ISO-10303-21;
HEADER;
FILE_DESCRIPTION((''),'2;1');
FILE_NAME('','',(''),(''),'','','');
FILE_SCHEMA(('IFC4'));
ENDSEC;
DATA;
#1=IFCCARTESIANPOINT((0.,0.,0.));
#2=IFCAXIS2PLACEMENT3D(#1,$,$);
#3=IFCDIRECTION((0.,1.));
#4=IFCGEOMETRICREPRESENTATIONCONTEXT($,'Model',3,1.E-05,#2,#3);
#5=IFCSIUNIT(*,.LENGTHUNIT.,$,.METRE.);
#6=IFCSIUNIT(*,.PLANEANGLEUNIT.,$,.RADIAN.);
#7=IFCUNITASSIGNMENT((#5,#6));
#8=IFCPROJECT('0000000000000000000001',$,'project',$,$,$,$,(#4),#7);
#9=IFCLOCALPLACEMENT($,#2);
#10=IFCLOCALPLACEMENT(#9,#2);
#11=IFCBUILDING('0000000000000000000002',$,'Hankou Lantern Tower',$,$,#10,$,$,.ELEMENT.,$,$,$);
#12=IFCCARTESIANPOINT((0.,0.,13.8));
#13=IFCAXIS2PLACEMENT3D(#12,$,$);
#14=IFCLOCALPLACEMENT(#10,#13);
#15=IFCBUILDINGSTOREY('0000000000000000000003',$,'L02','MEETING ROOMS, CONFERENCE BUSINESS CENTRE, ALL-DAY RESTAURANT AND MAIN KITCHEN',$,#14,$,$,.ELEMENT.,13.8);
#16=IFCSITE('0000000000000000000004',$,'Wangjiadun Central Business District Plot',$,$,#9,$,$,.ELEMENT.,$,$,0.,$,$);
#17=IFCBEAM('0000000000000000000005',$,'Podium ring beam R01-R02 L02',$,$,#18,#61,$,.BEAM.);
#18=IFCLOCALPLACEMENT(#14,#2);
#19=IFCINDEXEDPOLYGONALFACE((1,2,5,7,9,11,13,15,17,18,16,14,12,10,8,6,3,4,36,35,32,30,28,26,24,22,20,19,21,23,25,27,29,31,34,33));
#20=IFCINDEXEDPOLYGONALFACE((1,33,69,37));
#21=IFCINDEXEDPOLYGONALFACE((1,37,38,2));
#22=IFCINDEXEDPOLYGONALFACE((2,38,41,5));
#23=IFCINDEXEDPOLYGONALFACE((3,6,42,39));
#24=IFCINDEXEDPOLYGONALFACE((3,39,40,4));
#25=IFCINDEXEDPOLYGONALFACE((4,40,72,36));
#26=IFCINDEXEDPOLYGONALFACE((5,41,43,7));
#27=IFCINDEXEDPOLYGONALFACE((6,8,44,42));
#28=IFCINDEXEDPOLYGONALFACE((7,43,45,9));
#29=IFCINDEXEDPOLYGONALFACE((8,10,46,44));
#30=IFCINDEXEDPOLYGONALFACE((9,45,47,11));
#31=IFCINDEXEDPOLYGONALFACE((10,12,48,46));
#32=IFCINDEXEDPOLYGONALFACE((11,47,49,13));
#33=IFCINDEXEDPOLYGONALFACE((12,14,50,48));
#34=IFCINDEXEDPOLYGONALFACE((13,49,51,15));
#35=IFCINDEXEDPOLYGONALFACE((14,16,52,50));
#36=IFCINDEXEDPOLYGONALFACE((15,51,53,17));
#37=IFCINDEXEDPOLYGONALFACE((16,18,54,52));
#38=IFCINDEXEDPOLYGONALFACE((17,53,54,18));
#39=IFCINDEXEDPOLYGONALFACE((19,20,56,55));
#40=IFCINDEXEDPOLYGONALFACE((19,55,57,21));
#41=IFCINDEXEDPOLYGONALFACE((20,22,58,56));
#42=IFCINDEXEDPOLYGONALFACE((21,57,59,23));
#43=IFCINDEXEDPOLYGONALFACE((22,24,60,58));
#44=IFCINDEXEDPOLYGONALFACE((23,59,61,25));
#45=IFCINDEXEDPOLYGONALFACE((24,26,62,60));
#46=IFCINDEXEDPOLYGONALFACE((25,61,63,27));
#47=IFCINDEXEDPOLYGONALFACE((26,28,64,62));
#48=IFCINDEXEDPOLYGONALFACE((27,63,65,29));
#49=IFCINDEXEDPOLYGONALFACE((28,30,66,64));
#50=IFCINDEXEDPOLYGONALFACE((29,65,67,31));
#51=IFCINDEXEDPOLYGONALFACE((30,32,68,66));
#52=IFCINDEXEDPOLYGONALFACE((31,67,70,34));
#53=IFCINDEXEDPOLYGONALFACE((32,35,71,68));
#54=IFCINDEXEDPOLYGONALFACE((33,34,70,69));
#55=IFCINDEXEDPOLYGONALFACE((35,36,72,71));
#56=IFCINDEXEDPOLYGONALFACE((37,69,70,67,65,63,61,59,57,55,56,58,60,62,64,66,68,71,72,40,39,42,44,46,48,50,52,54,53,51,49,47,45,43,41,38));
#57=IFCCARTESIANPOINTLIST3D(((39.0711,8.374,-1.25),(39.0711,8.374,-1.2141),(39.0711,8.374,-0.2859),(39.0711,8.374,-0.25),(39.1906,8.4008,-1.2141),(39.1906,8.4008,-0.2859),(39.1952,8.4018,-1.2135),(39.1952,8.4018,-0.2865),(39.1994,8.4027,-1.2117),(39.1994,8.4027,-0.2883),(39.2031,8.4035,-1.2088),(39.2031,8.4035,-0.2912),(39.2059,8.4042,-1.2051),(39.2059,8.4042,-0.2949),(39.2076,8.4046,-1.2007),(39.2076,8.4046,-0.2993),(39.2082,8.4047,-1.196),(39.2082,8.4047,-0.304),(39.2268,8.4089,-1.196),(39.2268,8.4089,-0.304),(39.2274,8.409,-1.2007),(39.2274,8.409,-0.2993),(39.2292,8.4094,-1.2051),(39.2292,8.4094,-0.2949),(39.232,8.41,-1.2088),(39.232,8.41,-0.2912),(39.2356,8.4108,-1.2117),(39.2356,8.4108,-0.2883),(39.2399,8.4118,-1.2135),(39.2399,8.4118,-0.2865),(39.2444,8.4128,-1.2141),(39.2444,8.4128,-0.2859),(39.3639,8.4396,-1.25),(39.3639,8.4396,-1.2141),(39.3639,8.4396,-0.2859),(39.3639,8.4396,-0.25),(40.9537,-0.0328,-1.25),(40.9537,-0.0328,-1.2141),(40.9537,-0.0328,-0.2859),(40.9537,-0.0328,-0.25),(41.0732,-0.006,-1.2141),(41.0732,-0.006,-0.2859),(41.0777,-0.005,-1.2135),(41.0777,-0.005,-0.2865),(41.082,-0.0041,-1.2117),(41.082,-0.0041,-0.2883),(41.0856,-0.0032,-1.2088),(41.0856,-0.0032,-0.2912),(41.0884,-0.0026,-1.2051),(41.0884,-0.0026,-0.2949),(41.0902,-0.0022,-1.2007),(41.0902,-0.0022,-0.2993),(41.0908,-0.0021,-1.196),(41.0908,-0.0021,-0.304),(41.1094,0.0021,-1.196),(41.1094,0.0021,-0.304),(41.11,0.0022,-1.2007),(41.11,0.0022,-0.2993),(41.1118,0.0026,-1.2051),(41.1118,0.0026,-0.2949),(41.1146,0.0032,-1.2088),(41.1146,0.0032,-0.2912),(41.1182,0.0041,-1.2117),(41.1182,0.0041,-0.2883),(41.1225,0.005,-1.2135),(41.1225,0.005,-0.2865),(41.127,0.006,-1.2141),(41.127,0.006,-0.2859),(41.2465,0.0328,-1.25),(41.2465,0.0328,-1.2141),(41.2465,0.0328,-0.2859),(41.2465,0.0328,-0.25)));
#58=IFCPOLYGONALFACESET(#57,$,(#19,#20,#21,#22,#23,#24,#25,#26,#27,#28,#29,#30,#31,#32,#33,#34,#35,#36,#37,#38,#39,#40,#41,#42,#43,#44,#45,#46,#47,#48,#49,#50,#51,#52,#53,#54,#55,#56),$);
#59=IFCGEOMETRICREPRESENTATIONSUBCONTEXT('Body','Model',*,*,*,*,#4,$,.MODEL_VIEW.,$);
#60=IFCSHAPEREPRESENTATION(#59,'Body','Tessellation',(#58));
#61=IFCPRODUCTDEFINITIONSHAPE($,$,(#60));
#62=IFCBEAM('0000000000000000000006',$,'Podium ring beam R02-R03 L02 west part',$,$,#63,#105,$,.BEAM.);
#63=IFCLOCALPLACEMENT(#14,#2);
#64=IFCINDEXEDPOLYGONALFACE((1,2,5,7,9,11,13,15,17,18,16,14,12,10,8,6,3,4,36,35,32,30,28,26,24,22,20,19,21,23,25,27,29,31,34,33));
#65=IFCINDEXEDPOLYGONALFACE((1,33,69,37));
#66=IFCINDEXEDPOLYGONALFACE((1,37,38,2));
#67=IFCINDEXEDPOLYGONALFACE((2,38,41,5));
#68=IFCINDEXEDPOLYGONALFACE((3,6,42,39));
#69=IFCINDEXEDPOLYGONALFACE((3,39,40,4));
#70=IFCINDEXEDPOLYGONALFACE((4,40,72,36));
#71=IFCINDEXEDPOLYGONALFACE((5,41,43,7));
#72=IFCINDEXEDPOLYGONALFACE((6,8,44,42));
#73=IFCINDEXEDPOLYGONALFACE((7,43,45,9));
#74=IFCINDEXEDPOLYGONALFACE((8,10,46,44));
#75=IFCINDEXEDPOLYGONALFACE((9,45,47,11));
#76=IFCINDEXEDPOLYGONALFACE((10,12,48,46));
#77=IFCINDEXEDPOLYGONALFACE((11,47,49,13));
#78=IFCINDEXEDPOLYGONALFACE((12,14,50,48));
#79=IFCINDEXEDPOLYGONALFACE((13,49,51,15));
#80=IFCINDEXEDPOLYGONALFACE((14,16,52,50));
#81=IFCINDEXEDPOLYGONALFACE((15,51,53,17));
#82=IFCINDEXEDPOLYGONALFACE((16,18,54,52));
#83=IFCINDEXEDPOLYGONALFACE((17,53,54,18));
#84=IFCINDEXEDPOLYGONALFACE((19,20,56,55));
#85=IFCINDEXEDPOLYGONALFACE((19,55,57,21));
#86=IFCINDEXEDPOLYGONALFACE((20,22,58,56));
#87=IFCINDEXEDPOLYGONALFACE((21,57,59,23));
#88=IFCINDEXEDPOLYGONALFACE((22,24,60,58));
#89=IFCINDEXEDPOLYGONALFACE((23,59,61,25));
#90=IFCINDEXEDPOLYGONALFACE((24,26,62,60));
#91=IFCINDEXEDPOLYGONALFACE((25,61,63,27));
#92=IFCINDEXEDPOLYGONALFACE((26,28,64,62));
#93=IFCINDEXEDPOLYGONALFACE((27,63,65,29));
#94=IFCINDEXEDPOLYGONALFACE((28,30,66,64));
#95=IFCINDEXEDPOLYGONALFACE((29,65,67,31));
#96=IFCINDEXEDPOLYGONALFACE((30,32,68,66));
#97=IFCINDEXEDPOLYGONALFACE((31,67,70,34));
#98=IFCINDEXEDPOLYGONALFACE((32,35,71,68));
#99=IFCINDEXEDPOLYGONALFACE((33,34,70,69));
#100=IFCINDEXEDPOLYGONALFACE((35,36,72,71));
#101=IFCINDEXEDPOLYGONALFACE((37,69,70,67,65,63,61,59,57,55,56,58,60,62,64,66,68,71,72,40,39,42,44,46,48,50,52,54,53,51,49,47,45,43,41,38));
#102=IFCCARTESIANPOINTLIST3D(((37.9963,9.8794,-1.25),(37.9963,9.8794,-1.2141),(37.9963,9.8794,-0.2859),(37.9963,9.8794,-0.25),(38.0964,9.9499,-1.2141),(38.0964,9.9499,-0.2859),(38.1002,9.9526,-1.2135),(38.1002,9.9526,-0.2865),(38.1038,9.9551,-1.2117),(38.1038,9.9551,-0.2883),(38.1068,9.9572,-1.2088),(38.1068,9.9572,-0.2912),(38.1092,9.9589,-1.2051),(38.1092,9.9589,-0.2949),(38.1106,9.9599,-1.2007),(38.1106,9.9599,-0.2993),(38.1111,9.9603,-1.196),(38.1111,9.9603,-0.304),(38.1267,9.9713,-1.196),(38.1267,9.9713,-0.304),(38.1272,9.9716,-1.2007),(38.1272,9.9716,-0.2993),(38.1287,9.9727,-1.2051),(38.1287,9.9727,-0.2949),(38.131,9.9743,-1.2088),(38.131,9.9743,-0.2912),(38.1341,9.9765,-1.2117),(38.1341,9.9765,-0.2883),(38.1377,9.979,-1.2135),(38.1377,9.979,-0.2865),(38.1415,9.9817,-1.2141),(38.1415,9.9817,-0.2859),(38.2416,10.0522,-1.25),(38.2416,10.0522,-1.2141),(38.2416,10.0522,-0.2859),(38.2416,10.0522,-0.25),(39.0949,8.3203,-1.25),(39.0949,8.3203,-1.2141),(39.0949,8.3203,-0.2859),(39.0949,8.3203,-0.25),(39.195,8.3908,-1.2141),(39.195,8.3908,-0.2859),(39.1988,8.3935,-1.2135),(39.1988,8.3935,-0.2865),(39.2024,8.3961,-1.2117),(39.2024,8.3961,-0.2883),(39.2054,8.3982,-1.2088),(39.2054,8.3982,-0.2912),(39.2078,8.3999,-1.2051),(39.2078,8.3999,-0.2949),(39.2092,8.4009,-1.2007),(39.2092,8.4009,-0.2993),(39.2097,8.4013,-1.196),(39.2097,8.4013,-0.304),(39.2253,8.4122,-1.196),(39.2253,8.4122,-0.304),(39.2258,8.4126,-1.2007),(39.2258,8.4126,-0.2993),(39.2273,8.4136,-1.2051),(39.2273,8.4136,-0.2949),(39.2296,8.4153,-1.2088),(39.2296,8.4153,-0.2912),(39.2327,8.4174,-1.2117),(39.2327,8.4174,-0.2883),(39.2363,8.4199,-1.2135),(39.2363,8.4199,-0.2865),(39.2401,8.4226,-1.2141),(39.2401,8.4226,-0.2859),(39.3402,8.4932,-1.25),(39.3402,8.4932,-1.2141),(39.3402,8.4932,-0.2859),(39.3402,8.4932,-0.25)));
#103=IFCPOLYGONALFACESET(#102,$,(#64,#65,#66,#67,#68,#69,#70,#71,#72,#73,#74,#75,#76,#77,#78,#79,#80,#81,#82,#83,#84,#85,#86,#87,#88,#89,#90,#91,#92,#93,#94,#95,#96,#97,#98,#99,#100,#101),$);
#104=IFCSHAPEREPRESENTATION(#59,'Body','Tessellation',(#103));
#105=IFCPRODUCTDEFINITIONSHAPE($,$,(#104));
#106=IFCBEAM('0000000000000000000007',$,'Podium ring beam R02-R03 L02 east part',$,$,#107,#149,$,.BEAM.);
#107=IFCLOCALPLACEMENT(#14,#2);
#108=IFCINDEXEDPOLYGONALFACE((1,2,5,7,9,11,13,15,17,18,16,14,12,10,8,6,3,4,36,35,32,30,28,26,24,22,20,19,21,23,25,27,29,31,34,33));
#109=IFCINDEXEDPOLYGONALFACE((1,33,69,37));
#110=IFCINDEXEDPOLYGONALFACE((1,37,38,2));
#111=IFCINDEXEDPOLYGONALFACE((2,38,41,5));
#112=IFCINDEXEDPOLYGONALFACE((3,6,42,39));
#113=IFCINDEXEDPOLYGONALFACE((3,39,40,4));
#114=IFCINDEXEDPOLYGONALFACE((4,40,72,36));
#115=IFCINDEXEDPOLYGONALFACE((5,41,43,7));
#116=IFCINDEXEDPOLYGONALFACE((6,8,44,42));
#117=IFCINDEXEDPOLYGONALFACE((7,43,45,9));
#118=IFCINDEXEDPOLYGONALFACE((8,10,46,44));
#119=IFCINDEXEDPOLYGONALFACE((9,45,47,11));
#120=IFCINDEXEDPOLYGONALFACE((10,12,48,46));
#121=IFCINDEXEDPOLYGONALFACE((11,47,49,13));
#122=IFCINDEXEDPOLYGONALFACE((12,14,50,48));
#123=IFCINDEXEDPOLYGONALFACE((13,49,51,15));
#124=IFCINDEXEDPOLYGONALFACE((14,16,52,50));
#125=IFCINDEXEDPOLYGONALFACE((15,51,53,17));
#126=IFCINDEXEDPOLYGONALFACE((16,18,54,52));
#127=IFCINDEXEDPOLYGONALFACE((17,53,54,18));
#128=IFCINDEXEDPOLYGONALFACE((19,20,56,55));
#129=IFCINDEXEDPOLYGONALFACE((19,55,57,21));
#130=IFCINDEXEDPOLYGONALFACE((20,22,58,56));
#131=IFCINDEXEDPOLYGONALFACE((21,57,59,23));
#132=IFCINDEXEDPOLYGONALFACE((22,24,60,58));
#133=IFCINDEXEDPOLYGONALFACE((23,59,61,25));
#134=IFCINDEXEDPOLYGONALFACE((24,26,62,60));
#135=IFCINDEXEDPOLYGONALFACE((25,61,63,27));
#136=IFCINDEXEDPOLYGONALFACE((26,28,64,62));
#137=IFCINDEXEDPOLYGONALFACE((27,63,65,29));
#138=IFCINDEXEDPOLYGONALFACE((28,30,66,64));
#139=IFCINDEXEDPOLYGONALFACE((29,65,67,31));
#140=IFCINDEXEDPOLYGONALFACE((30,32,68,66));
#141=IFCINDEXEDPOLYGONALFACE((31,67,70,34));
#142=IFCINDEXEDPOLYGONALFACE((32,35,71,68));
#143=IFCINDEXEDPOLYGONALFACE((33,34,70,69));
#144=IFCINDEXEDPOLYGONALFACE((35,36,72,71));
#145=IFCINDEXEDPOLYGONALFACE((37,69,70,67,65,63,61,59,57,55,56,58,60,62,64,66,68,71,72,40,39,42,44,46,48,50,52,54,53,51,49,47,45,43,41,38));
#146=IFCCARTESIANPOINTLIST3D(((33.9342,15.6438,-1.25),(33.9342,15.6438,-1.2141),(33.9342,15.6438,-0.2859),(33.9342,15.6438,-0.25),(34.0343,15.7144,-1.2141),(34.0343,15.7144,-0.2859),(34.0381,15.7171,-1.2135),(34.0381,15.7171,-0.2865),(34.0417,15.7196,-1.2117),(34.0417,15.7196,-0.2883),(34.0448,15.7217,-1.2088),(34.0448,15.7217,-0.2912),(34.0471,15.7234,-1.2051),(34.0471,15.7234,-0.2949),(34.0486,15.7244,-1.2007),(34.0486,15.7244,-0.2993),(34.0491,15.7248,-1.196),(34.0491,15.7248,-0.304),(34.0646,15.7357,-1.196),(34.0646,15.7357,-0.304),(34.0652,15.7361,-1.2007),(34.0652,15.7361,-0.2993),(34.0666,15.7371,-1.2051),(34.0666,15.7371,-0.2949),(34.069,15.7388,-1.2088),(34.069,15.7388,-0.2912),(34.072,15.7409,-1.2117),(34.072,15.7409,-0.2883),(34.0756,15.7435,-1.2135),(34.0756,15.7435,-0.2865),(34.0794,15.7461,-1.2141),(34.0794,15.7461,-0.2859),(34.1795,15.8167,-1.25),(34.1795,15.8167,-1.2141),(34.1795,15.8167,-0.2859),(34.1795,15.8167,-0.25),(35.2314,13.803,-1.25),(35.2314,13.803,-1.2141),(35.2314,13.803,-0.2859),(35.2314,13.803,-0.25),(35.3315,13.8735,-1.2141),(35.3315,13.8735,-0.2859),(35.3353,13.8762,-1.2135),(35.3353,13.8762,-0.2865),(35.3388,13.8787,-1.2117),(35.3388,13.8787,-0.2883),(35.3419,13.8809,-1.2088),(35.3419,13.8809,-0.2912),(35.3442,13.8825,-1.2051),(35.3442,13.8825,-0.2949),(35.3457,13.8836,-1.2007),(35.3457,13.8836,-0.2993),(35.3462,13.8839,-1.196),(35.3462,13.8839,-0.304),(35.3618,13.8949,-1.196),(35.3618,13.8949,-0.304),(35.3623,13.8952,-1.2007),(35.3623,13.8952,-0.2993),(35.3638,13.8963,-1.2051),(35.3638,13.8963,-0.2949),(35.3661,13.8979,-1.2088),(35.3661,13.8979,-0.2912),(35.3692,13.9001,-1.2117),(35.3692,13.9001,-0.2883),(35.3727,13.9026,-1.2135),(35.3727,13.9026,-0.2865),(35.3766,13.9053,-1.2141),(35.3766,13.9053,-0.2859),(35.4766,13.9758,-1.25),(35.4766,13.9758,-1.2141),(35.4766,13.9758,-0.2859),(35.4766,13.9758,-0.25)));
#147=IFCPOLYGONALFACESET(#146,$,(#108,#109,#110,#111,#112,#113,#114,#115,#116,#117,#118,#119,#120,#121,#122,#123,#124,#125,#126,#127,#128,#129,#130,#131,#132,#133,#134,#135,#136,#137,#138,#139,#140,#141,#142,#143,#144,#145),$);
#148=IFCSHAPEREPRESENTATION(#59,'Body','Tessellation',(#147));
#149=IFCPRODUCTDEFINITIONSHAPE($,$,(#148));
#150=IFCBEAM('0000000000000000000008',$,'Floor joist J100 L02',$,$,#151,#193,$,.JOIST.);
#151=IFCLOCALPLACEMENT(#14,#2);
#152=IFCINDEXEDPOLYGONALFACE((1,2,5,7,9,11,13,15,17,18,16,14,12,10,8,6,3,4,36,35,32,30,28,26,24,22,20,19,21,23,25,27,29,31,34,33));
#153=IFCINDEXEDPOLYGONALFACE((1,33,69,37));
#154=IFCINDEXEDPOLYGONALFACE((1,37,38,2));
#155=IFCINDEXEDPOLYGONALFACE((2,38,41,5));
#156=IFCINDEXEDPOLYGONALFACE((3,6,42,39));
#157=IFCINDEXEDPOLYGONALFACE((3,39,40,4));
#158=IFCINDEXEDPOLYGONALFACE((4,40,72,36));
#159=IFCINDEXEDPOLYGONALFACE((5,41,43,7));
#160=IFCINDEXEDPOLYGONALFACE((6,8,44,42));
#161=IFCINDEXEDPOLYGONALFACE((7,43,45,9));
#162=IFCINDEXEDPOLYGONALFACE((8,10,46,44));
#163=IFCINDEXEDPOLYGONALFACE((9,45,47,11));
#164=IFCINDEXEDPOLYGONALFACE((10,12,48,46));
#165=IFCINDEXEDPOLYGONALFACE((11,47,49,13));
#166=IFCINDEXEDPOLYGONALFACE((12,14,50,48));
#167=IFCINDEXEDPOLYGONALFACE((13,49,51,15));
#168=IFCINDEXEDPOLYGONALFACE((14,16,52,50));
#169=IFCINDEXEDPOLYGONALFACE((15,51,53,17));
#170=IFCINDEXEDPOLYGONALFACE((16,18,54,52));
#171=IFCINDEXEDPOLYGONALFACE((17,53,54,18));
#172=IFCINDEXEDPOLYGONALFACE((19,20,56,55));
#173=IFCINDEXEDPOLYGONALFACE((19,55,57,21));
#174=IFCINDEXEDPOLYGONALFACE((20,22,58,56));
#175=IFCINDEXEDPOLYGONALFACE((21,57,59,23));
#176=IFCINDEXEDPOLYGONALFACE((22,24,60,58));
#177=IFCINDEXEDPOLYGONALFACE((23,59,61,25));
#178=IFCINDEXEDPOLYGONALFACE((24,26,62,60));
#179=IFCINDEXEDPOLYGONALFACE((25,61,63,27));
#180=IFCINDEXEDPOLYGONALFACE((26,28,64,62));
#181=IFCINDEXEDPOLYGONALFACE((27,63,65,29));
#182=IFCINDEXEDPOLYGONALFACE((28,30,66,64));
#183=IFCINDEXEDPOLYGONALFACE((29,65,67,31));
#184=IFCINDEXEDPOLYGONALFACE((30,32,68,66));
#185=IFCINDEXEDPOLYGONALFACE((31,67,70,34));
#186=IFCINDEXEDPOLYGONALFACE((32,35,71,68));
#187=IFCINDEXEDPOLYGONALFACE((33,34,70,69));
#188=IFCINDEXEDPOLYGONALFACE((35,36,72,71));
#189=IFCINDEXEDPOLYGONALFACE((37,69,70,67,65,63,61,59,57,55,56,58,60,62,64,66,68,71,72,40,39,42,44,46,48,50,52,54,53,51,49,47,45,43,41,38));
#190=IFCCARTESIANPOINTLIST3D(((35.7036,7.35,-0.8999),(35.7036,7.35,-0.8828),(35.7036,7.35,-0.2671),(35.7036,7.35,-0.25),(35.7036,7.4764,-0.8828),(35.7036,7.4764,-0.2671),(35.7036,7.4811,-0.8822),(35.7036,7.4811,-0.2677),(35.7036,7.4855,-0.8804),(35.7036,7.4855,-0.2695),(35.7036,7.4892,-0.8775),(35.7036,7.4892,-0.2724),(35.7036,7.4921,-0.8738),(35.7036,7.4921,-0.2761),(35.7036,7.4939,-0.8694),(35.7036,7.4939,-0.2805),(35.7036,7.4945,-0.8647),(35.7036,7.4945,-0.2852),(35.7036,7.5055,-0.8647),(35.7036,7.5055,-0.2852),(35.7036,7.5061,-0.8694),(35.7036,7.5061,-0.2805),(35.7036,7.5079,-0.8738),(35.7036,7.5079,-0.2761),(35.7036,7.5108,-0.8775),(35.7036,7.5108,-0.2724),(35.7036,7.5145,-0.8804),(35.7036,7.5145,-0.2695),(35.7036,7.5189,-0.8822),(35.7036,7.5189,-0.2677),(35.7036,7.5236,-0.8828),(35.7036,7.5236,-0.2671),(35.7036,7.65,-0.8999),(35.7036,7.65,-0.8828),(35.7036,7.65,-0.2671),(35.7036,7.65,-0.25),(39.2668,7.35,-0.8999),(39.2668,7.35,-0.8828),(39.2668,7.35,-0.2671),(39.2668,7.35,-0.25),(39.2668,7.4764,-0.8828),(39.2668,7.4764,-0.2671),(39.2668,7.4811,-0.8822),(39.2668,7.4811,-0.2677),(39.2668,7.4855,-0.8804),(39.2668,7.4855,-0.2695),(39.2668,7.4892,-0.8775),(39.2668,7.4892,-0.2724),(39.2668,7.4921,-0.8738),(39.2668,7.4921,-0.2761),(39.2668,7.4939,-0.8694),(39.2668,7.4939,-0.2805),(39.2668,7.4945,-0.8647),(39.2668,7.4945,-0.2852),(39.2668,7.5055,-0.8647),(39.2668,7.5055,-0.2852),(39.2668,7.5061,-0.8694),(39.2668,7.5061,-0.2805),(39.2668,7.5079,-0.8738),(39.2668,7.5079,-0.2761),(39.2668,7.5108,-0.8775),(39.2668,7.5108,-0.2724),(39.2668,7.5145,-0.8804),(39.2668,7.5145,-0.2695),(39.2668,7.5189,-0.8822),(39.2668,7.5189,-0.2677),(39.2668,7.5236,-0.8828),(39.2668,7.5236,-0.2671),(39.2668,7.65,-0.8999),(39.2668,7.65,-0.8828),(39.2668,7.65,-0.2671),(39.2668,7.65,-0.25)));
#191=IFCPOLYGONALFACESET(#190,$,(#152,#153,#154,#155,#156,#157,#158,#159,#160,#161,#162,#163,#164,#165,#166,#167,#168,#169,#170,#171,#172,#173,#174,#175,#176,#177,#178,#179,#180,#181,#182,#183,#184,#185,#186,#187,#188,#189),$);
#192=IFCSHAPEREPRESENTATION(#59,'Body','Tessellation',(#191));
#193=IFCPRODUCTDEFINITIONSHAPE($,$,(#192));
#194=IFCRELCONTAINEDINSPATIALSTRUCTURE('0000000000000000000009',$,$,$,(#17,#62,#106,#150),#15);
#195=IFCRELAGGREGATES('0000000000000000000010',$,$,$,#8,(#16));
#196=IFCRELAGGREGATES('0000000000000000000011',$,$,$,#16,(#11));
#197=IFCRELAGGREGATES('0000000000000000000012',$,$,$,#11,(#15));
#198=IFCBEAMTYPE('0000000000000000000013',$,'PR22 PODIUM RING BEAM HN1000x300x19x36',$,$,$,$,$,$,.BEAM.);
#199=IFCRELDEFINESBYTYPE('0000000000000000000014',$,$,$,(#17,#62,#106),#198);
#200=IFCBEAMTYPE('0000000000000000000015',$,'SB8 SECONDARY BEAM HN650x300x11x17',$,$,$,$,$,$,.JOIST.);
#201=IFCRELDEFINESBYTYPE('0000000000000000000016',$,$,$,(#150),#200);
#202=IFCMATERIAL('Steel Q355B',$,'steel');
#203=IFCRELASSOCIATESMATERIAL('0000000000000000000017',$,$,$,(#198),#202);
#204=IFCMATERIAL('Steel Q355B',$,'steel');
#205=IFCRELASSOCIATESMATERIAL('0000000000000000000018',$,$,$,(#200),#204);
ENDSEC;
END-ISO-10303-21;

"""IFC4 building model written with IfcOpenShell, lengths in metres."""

from ifc_helpers import new_model, si_unit, direction, frame, origin, origin_2d, place, context, subcontext, project, spatial, i_section, extrude, material, material_profile, profile_set, type_object, element, save


model = new_model("IFC4")

# Units and contexts
model_context = context("Model", 3, precision=1e-05, world=origin(), true_north=direction((0.0, 1.0)))
body_context = subcontext(model_context, "Body", "Model", "MODEL_VIEW")
ifc_project = project(units=[si_unit("LENGTHUNIT", "METRE"), si_unit("PLANEANGLEUNIT", "RADIAN")], contexts=[model_context])

# Site, building, storey
site_placement = place(None, origin())
site = spatial("IfcSite", under=ifc_project, at=site_placement, Name="Wangjiadun Central Business District Plot", CompositionType="ELEMENT", RefElevation=0.0)
building_placement = place(site_placement, origin())
building = spatial("IfcBuilding", under=site, at=building_placement, Name="Hankou Lantern Tower", CompositionType="ELEMENT")
storey_placement = place(building_placement, frame((0.0, 0.0, 13.8)))
storey = spatial("IfcBuildingStorey", under=building, at=storey_placement, Name="L02", Description="MEETING ROOMS, CONFERENCE BUSINESS CENTRE, ALL-DAY RESTAURANT AND MAIN KITCHEN", CompositionType="ELEMENT", Elevation=13.8)

# Beams
ifc_material_1 = material(Name="Steel Q355B", Category="steel")
ifc_material_profile_1 = material_profile(ifc_material_1, i_section(OverallWidth=0.3, OverallDepth=1.0, WebThickness=0.019, FlangeThickness=0.0359, FilletRadius=0.0181, at=origin_2d()), Name="HN1000x300x19x36")
ifc_profile_set_1 = profile_set([ifc_material_profile_1], Name="Steel Q355B")
beam_type_1 = type_object("IfcBeamType", Name="PR22 PODIUM RING BEAM HN1000x300x19x36", PredefinedType="BEAM", material=ifc_profile_set_1)
beam_1_placement = place(storey_placement, frame((41.1001, 0.0, -0.75), z_axis=(-0.218523, 0.975832, 0.0), x_axis=(-0.975832, -0.218523, 0.0)))
element("IfcBeam", 1, at=beam_1_placement, inside=storey, type_object=beam_type_1, Name="Podium ring beam R01-R02 L02", PredefinedType="BEAM", context=body_context, shape_type="SweptSolid", body=[
    extrude(i_section(OverallWidth=0.3, OverallDepth=1.0, WebThickness=0.019, FlangeThickness=0.0359, FilletRadius=0.0181, at=origin_2d()), origin(), (0.0, 0.0, 1.0), 8.615),
])
beam_2_placement = place(storey_placement, frame((39.2175, 8.4067, -0.75), z_axis=(-0.57602, 0.817436, 0.0), x_axis=(-0.817436, -0.57602, 0.0)))
element("IfcBeam", 2, at=beam_2_placement, inside=storey, type_object=beam_type_1, Name="Podium ring beam R02-R03 L02 west part", PredefinedType="BEAM", context=body_context, shape_type="SweptSolid", body=[
    extrude(i_section(OverallWidth=0.3, OverallDepth=1.0, WebThickness=0.019, FlangeThickness=0.0359, FilletRadius=0.0181, at=origin_2d()), origin(), (0.0, 0.0, 1.0), 1.9072),
])
beam_3_placement = place(storey_placement, frame((35.354, 13.8894, -0.75), z_axis=(-0.576006, 0.817445, 0.0), x_axis=(-0.817445, -0.576006, 0.0)))
element("IfcBeam", 3, at=beam_3_placement, inside=storey, type_object=beam_type_1, Name="Podium ring beam R02-R03 L02 east part", PredefinedType="BEAM", context=body_context, shape_type="SweptSolid", body=[
    extrude(i_section(OverallWidth=0.3, OverallDepth=1.0, WebThickness=0.019, FlangeThickness=0.0359, FilletRadius=0.0181, at=origin_2d()), origin(), (0.0, 0.0, 1.0), 2.252),
])
ifc_material_2 = material(Name="Steel Q355B", Category="steel")
ifc_material_profile_2 = material_profile(ifc_material_2, i_section(OverallWidth=0.3, OverallDepth=0.6499, WebThickness=0.011, FlangeThickness=0.0171, FilletRadius=0.0181, at=origin_2d()), Name="HN650x300x11x17")
ifc_profile_set_2 = profile_set([ifc_material_profile_2], Name="Steel Q355B")
beam_type_2 = type_object("IfcBeamType", Name="SB8 SECONDARY BEAM HN650x300x11x17", PredefinedType="JOIST", material=ifc_profile_set_2)
beam_4_placement = place(storey_placement, frame((35.7036, 7.5, -0.575), z_axis=(1.0, 0.0, 0.0), x_axis=(0.0, 1.0, 0.0)))
element("IfcBeam", 4, at=beam_4_placement, inside=storey, type_object=beam_type_2, Name="Floor joist J100 L02", PredefinedType="JOIST", context=body_context, shape_type="SweptSolid", body=[
    extrude(i_section(OverallWidth=0.3, OverallDepth=0.6499, WebThickness=0.011, FlangeThickness=0.0171, FilletRadius=0.0181, at=origin_2d()), origin(), (0.0, 0.0, 1.0), 3.5632),
])

save(model, "model.ifc")
